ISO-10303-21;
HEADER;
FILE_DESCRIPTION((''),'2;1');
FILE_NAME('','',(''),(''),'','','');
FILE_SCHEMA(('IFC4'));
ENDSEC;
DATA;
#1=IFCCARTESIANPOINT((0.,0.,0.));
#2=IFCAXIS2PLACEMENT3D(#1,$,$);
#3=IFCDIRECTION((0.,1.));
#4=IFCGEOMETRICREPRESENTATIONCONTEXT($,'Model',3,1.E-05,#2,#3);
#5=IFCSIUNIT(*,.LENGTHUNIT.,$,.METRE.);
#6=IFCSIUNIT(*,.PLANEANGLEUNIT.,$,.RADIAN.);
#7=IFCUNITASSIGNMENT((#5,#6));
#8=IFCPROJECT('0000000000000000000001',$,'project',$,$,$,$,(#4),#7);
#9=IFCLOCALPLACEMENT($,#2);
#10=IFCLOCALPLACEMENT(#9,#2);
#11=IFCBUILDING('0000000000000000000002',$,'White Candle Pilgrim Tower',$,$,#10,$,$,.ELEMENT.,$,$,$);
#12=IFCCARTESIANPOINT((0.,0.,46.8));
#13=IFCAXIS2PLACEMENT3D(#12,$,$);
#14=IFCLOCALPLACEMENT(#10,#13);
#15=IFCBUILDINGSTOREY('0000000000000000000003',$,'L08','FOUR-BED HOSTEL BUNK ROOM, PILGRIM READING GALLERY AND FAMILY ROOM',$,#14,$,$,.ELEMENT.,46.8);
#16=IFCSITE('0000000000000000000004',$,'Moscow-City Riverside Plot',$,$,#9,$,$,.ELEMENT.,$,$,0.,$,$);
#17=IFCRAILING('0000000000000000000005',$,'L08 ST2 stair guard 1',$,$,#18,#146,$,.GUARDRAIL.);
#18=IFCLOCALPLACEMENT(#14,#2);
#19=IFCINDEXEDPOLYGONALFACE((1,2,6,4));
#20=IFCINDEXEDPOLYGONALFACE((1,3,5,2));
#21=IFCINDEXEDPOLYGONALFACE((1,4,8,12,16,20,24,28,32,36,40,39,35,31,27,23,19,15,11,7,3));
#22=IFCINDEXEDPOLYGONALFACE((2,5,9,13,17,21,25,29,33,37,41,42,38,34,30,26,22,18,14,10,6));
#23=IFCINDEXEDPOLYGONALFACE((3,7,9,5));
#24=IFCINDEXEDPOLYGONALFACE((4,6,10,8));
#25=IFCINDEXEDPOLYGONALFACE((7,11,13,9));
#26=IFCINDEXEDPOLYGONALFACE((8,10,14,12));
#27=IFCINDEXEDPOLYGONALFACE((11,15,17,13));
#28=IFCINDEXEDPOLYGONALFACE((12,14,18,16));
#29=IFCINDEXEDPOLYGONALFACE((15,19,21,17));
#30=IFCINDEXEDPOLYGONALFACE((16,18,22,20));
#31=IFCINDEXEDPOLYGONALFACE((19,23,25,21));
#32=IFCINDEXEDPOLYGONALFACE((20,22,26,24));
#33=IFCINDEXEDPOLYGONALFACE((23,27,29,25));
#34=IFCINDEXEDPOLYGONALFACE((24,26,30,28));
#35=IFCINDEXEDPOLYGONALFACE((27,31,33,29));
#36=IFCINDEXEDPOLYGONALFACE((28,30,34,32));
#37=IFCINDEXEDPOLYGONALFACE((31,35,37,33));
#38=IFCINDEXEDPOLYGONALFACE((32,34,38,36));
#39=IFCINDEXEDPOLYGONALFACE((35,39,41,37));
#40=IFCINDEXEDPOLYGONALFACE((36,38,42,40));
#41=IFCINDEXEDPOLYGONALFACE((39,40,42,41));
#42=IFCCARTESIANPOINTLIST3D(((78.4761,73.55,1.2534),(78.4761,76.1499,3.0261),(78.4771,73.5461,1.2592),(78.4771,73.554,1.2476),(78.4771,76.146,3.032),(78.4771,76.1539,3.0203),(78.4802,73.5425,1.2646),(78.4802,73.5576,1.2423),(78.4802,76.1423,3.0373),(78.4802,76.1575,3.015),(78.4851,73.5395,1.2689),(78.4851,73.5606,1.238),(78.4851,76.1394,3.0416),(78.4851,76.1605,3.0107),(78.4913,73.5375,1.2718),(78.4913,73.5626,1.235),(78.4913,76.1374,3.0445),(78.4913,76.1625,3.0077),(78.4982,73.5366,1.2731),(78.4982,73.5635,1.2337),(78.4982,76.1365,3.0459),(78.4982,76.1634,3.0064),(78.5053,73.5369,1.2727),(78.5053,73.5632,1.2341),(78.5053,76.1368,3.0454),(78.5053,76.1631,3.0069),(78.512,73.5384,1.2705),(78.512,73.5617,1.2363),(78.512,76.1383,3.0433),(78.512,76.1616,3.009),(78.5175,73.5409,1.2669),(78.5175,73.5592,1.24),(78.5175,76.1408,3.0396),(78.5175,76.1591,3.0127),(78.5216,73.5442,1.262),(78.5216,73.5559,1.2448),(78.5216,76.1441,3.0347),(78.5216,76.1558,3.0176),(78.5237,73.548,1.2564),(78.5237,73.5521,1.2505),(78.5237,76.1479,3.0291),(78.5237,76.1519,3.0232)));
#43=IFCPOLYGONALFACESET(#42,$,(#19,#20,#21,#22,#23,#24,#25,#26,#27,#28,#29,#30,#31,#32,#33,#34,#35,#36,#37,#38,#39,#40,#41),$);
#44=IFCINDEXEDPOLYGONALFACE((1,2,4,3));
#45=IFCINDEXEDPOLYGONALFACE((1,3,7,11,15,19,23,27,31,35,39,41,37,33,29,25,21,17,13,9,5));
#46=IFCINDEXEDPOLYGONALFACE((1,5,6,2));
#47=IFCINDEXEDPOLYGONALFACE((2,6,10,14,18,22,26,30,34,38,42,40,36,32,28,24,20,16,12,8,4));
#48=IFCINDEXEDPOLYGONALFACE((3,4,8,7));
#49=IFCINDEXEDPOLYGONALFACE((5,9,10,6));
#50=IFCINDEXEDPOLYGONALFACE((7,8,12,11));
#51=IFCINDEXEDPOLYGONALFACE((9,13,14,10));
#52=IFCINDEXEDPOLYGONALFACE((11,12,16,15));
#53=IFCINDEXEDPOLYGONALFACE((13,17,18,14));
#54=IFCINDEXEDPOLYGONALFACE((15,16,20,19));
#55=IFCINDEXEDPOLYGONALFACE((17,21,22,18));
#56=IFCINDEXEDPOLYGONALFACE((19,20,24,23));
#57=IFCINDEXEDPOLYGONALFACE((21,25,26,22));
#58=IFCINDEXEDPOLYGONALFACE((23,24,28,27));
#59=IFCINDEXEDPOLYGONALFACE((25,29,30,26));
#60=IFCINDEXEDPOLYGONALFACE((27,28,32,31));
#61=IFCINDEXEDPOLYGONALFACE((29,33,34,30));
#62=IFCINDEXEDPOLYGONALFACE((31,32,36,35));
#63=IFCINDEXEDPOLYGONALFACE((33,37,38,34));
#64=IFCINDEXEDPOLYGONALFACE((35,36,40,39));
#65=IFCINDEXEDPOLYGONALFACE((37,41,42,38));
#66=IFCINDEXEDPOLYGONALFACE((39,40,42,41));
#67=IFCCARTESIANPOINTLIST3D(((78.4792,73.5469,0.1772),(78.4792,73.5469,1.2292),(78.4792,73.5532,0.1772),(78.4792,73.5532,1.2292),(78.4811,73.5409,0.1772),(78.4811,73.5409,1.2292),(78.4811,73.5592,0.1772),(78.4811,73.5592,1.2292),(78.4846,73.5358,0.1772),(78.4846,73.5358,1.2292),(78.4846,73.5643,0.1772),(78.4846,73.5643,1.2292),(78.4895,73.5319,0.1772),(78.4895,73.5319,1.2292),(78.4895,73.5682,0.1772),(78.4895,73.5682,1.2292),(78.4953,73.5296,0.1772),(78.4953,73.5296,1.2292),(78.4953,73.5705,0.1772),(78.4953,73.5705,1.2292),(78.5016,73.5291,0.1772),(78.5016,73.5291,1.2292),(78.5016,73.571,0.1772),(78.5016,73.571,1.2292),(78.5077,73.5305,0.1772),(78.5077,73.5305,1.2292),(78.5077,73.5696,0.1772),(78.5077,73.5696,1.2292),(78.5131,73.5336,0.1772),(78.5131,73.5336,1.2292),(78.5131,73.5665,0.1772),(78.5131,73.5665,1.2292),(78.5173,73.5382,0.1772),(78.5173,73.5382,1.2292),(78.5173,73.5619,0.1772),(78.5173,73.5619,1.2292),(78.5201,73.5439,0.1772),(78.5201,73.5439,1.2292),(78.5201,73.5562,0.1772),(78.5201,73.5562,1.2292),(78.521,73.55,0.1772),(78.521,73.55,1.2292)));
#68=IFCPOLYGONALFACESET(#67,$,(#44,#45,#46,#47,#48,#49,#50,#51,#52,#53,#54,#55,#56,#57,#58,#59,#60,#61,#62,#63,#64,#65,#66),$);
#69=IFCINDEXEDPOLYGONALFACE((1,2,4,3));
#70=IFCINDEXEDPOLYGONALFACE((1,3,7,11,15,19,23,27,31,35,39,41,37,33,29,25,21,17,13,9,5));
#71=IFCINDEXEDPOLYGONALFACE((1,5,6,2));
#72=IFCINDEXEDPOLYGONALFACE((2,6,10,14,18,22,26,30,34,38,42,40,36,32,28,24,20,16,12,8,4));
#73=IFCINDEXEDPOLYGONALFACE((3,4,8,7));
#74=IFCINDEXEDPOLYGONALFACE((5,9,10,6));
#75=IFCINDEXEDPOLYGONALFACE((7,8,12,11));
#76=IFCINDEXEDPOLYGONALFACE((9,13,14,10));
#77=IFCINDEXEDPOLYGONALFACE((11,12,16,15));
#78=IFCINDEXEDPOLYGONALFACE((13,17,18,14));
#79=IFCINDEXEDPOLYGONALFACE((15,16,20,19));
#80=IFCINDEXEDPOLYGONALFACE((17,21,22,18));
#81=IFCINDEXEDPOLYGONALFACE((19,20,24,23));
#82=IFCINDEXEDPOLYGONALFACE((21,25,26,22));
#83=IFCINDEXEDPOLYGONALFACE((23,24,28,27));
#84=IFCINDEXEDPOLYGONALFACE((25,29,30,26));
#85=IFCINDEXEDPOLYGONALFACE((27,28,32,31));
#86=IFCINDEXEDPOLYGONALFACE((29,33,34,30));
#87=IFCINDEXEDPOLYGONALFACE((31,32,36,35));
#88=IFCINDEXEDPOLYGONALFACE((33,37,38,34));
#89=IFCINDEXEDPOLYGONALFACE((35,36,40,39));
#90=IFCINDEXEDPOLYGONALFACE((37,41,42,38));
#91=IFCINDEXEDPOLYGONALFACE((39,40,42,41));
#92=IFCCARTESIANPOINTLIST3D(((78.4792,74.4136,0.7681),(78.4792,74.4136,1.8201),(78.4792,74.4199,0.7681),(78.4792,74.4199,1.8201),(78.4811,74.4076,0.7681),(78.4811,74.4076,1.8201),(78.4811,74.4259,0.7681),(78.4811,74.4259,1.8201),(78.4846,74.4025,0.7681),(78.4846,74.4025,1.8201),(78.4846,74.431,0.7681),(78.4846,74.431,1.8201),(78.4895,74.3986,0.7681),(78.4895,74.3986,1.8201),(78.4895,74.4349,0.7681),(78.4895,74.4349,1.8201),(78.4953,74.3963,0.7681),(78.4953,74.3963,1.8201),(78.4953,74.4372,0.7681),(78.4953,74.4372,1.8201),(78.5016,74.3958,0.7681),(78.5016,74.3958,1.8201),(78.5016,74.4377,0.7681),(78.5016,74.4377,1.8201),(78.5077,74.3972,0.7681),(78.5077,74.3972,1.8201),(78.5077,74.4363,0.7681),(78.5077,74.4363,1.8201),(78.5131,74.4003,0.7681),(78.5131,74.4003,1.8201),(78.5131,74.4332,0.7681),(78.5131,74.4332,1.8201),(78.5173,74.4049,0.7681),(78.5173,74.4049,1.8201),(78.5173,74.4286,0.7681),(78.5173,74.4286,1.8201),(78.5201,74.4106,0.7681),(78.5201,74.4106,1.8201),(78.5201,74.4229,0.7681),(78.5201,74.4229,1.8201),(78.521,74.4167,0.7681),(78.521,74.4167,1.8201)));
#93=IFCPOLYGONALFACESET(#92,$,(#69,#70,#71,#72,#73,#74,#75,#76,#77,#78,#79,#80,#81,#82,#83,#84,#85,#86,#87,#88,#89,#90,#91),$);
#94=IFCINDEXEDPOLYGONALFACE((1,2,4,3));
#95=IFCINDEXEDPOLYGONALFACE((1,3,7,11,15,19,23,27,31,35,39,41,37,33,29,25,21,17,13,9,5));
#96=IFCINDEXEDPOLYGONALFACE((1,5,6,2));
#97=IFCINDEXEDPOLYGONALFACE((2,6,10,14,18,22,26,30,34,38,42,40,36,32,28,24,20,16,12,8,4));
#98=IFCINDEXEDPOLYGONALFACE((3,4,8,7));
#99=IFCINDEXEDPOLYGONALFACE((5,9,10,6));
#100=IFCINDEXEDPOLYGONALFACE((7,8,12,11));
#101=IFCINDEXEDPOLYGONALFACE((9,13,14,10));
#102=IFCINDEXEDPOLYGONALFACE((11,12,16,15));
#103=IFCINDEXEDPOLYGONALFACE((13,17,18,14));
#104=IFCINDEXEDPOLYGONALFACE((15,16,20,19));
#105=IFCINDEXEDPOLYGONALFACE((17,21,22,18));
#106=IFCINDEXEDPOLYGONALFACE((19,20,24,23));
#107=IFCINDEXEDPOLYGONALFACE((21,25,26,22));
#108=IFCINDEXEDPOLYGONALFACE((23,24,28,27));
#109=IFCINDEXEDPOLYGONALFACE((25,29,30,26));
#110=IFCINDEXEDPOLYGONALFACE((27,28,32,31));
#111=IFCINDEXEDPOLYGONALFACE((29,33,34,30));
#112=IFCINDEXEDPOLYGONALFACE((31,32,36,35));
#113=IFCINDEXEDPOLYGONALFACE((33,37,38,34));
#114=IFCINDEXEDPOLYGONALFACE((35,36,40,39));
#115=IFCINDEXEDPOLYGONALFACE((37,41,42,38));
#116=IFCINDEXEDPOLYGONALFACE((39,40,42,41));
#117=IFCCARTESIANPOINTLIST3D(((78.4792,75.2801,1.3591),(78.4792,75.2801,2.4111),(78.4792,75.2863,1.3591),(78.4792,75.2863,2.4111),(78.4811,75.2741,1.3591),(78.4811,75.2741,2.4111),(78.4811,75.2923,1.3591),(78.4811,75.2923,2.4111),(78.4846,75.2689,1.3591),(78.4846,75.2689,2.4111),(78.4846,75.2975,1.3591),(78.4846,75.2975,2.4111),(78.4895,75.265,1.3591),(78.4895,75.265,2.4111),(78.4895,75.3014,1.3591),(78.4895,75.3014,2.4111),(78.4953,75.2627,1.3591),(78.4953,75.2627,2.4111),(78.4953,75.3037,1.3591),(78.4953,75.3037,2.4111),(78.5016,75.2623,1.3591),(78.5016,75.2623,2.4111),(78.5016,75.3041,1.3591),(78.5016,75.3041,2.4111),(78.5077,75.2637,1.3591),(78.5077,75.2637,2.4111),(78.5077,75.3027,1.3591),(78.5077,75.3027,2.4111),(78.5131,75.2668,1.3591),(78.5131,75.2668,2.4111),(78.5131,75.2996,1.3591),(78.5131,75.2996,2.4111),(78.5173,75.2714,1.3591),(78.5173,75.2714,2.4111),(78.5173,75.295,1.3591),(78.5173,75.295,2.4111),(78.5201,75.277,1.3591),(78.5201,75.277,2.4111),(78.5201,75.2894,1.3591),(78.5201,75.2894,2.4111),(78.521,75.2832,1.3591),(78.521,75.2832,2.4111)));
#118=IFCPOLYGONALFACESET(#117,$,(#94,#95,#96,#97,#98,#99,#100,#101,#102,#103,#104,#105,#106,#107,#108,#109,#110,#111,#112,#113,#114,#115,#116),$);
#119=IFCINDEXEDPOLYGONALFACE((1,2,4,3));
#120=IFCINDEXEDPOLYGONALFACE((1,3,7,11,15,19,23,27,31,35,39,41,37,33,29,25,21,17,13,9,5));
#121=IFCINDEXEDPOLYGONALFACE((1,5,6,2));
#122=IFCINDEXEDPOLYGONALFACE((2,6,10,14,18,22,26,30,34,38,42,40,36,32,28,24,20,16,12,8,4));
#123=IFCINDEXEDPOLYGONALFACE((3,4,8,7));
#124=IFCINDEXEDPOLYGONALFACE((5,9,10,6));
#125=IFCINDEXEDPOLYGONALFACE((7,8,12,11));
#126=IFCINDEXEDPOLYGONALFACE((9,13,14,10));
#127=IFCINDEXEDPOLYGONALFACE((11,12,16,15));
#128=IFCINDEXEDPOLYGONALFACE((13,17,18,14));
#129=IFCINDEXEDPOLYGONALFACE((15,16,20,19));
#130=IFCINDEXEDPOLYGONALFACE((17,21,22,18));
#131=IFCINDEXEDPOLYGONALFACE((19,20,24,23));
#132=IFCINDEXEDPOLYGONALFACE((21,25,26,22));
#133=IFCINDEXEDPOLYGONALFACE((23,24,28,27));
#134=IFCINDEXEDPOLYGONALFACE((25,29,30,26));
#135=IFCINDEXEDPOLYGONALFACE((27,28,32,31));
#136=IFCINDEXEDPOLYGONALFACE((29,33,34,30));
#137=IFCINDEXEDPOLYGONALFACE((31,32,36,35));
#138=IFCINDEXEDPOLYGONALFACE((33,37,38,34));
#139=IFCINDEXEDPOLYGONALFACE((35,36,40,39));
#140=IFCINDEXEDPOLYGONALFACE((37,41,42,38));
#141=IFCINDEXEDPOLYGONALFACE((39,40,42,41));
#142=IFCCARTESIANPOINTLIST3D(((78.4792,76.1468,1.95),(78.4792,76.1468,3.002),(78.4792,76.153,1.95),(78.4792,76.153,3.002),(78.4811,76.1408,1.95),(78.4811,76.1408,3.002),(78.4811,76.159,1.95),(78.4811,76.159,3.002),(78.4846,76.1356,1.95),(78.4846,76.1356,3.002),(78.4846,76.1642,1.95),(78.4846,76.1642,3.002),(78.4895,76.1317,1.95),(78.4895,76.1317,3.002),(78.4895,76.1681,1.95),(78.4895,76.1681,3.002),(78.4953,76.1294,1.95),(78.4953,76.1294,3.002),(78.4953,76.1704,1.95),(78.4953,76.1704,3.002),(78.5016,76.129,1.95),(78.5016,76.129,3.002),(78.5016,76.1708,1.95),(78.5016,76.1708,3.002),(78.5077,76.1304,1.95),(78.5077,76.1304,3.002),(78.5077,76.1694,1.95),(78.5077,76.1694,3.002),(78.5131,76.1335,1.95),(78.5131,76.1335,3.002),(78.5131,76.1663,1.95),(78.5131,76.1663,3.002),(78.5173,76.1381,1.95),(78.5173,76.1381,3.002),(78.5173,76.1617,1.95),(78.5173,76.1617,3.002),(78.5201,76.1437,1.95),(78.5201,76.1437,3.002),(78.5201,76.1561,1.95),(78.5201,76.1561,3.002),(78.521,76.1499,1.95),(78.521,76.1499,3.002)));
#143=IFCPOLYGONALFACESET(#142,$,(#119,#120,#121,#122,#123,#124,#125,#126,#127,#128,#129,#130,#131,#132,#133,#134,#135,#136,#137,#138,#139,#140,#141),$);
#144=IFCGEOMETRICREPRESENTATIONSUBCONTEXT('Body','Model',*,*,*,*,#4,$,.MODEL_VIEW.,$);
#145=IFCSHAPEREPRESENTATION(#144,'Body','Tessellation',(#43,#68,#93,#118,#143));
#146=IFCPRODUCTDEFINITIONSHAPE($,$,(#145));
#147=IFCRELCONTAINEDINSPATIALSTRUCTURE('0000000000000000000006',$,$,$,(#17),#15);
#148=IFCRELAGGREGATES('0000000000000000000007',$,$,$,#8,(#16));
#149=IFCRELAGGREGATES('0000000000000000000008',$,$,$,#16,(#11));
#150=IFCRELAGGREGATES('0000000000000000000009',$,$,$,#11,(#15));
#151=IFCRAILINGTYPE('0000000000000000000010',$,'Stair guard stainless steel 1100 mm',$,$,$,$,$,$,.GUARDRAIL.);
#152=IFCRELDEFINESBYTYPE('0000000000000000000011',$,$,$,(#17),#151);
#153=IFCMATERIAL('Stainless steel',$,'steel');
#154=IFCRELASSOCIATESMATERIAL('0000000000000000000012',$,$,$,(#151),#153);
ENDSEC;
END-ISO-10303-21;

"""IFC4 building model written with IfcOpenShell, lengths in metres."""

from ifc_helpers import new_model, si_unit, direction, frame, origin, origin_2d, place, context, subcontext, project, spatial, circle, extrude, material, type_object, element, save


model = new_model("IFC4")

# Units and contexts
model_context = context("Model", 3, precision=1e-05, world=origin(), true_north=direction((0.0, 1.0)))
body_context = subcontext(model_context, "Body", "Model", "MODEL_VIEW")
ifc_project = project(units=[si_unit("LENGTHUNIT", "METRE"), si_unit("PLANEANGLEUNIT", "RADIAN")], contexts=[model_context])

# Site, building, storey
site_placement = place(None, origin())
site = spatial("IfcSite", under=ifc_project, at=site_placement, Name="Moscow-City Riverside Plot", CompositionType="ELEMENT", RefElevation=0.0)
building_placement = place(site_placement, origin())
building = spatial("IfcBuilding", under=site, at=building_placement, Name="White Candle Pilgrim Tower", CompositionType="ELEMENT")
storey_placement = place(building_placement, frame((0.0, 0.0, 46.8)))
storey = spatial("IfcBuildingStorey", under=building, at=storey_placement, Name="L08", Description="FOUR-BED HOSTEL BUNK ROOM, PILGRIM READING GALLERY AND FAMILY ROOM", CompositionType="ELEMENT", Elevation=46.8)

# Railing
ifc_material_1 = material(Name="Stainless steel", Category="steel")
railing_type_1 = type_object("IfcRailingType", Name="Stair guard stainless steel 1100 mm", PredefinedType="GUARDRAIL", material=ifc_material_1)
railing_1_placement = place(storey_placement, frame((78.5, 73.55, 0.1772)))
element("IfcRailing", 1, at=railing_1_placement, inside=storey, type_object=railing_type_1, Name="L08 ST2 stair guard 1", PredefinedType="GUARDRAIL", context=body_context, shape_type="SweptSolid", body=[
    extrude(circle(Radius=0.0239, at=origin_2d()), frame((0.0, 0.0, 1.0762), z_axis=(0.0, 0.826216, 0.563354), x_axis=(-1.0, 0.0, 0.0)), (0.0, 0.0, 1.0), 3.1467),
    extrude(circle(Radius=0.021, at=origin_2d()), origin(), (0.0, 0.0, 1.0), 1.052),
    extrude(circle(Radius=0.021, at=origin_2d()), frame((0.0, 0.8667, 0.5908)), (0.0, 0.0, 1.0), 1.052),
    extrude(circle(Radius=0.021, at=origin_2d()), frame((0.0, 1.7332, 1.1819)), (0.0, 0.0, 1.0), 1.052),
    extrude(circle(Radius=0.021, at=origin_2d()), frame((0.0, 2.5999, 1.7727)), (0.0, 0.0, 1.0), 1.052),
])

save(model, "model.ifc")
